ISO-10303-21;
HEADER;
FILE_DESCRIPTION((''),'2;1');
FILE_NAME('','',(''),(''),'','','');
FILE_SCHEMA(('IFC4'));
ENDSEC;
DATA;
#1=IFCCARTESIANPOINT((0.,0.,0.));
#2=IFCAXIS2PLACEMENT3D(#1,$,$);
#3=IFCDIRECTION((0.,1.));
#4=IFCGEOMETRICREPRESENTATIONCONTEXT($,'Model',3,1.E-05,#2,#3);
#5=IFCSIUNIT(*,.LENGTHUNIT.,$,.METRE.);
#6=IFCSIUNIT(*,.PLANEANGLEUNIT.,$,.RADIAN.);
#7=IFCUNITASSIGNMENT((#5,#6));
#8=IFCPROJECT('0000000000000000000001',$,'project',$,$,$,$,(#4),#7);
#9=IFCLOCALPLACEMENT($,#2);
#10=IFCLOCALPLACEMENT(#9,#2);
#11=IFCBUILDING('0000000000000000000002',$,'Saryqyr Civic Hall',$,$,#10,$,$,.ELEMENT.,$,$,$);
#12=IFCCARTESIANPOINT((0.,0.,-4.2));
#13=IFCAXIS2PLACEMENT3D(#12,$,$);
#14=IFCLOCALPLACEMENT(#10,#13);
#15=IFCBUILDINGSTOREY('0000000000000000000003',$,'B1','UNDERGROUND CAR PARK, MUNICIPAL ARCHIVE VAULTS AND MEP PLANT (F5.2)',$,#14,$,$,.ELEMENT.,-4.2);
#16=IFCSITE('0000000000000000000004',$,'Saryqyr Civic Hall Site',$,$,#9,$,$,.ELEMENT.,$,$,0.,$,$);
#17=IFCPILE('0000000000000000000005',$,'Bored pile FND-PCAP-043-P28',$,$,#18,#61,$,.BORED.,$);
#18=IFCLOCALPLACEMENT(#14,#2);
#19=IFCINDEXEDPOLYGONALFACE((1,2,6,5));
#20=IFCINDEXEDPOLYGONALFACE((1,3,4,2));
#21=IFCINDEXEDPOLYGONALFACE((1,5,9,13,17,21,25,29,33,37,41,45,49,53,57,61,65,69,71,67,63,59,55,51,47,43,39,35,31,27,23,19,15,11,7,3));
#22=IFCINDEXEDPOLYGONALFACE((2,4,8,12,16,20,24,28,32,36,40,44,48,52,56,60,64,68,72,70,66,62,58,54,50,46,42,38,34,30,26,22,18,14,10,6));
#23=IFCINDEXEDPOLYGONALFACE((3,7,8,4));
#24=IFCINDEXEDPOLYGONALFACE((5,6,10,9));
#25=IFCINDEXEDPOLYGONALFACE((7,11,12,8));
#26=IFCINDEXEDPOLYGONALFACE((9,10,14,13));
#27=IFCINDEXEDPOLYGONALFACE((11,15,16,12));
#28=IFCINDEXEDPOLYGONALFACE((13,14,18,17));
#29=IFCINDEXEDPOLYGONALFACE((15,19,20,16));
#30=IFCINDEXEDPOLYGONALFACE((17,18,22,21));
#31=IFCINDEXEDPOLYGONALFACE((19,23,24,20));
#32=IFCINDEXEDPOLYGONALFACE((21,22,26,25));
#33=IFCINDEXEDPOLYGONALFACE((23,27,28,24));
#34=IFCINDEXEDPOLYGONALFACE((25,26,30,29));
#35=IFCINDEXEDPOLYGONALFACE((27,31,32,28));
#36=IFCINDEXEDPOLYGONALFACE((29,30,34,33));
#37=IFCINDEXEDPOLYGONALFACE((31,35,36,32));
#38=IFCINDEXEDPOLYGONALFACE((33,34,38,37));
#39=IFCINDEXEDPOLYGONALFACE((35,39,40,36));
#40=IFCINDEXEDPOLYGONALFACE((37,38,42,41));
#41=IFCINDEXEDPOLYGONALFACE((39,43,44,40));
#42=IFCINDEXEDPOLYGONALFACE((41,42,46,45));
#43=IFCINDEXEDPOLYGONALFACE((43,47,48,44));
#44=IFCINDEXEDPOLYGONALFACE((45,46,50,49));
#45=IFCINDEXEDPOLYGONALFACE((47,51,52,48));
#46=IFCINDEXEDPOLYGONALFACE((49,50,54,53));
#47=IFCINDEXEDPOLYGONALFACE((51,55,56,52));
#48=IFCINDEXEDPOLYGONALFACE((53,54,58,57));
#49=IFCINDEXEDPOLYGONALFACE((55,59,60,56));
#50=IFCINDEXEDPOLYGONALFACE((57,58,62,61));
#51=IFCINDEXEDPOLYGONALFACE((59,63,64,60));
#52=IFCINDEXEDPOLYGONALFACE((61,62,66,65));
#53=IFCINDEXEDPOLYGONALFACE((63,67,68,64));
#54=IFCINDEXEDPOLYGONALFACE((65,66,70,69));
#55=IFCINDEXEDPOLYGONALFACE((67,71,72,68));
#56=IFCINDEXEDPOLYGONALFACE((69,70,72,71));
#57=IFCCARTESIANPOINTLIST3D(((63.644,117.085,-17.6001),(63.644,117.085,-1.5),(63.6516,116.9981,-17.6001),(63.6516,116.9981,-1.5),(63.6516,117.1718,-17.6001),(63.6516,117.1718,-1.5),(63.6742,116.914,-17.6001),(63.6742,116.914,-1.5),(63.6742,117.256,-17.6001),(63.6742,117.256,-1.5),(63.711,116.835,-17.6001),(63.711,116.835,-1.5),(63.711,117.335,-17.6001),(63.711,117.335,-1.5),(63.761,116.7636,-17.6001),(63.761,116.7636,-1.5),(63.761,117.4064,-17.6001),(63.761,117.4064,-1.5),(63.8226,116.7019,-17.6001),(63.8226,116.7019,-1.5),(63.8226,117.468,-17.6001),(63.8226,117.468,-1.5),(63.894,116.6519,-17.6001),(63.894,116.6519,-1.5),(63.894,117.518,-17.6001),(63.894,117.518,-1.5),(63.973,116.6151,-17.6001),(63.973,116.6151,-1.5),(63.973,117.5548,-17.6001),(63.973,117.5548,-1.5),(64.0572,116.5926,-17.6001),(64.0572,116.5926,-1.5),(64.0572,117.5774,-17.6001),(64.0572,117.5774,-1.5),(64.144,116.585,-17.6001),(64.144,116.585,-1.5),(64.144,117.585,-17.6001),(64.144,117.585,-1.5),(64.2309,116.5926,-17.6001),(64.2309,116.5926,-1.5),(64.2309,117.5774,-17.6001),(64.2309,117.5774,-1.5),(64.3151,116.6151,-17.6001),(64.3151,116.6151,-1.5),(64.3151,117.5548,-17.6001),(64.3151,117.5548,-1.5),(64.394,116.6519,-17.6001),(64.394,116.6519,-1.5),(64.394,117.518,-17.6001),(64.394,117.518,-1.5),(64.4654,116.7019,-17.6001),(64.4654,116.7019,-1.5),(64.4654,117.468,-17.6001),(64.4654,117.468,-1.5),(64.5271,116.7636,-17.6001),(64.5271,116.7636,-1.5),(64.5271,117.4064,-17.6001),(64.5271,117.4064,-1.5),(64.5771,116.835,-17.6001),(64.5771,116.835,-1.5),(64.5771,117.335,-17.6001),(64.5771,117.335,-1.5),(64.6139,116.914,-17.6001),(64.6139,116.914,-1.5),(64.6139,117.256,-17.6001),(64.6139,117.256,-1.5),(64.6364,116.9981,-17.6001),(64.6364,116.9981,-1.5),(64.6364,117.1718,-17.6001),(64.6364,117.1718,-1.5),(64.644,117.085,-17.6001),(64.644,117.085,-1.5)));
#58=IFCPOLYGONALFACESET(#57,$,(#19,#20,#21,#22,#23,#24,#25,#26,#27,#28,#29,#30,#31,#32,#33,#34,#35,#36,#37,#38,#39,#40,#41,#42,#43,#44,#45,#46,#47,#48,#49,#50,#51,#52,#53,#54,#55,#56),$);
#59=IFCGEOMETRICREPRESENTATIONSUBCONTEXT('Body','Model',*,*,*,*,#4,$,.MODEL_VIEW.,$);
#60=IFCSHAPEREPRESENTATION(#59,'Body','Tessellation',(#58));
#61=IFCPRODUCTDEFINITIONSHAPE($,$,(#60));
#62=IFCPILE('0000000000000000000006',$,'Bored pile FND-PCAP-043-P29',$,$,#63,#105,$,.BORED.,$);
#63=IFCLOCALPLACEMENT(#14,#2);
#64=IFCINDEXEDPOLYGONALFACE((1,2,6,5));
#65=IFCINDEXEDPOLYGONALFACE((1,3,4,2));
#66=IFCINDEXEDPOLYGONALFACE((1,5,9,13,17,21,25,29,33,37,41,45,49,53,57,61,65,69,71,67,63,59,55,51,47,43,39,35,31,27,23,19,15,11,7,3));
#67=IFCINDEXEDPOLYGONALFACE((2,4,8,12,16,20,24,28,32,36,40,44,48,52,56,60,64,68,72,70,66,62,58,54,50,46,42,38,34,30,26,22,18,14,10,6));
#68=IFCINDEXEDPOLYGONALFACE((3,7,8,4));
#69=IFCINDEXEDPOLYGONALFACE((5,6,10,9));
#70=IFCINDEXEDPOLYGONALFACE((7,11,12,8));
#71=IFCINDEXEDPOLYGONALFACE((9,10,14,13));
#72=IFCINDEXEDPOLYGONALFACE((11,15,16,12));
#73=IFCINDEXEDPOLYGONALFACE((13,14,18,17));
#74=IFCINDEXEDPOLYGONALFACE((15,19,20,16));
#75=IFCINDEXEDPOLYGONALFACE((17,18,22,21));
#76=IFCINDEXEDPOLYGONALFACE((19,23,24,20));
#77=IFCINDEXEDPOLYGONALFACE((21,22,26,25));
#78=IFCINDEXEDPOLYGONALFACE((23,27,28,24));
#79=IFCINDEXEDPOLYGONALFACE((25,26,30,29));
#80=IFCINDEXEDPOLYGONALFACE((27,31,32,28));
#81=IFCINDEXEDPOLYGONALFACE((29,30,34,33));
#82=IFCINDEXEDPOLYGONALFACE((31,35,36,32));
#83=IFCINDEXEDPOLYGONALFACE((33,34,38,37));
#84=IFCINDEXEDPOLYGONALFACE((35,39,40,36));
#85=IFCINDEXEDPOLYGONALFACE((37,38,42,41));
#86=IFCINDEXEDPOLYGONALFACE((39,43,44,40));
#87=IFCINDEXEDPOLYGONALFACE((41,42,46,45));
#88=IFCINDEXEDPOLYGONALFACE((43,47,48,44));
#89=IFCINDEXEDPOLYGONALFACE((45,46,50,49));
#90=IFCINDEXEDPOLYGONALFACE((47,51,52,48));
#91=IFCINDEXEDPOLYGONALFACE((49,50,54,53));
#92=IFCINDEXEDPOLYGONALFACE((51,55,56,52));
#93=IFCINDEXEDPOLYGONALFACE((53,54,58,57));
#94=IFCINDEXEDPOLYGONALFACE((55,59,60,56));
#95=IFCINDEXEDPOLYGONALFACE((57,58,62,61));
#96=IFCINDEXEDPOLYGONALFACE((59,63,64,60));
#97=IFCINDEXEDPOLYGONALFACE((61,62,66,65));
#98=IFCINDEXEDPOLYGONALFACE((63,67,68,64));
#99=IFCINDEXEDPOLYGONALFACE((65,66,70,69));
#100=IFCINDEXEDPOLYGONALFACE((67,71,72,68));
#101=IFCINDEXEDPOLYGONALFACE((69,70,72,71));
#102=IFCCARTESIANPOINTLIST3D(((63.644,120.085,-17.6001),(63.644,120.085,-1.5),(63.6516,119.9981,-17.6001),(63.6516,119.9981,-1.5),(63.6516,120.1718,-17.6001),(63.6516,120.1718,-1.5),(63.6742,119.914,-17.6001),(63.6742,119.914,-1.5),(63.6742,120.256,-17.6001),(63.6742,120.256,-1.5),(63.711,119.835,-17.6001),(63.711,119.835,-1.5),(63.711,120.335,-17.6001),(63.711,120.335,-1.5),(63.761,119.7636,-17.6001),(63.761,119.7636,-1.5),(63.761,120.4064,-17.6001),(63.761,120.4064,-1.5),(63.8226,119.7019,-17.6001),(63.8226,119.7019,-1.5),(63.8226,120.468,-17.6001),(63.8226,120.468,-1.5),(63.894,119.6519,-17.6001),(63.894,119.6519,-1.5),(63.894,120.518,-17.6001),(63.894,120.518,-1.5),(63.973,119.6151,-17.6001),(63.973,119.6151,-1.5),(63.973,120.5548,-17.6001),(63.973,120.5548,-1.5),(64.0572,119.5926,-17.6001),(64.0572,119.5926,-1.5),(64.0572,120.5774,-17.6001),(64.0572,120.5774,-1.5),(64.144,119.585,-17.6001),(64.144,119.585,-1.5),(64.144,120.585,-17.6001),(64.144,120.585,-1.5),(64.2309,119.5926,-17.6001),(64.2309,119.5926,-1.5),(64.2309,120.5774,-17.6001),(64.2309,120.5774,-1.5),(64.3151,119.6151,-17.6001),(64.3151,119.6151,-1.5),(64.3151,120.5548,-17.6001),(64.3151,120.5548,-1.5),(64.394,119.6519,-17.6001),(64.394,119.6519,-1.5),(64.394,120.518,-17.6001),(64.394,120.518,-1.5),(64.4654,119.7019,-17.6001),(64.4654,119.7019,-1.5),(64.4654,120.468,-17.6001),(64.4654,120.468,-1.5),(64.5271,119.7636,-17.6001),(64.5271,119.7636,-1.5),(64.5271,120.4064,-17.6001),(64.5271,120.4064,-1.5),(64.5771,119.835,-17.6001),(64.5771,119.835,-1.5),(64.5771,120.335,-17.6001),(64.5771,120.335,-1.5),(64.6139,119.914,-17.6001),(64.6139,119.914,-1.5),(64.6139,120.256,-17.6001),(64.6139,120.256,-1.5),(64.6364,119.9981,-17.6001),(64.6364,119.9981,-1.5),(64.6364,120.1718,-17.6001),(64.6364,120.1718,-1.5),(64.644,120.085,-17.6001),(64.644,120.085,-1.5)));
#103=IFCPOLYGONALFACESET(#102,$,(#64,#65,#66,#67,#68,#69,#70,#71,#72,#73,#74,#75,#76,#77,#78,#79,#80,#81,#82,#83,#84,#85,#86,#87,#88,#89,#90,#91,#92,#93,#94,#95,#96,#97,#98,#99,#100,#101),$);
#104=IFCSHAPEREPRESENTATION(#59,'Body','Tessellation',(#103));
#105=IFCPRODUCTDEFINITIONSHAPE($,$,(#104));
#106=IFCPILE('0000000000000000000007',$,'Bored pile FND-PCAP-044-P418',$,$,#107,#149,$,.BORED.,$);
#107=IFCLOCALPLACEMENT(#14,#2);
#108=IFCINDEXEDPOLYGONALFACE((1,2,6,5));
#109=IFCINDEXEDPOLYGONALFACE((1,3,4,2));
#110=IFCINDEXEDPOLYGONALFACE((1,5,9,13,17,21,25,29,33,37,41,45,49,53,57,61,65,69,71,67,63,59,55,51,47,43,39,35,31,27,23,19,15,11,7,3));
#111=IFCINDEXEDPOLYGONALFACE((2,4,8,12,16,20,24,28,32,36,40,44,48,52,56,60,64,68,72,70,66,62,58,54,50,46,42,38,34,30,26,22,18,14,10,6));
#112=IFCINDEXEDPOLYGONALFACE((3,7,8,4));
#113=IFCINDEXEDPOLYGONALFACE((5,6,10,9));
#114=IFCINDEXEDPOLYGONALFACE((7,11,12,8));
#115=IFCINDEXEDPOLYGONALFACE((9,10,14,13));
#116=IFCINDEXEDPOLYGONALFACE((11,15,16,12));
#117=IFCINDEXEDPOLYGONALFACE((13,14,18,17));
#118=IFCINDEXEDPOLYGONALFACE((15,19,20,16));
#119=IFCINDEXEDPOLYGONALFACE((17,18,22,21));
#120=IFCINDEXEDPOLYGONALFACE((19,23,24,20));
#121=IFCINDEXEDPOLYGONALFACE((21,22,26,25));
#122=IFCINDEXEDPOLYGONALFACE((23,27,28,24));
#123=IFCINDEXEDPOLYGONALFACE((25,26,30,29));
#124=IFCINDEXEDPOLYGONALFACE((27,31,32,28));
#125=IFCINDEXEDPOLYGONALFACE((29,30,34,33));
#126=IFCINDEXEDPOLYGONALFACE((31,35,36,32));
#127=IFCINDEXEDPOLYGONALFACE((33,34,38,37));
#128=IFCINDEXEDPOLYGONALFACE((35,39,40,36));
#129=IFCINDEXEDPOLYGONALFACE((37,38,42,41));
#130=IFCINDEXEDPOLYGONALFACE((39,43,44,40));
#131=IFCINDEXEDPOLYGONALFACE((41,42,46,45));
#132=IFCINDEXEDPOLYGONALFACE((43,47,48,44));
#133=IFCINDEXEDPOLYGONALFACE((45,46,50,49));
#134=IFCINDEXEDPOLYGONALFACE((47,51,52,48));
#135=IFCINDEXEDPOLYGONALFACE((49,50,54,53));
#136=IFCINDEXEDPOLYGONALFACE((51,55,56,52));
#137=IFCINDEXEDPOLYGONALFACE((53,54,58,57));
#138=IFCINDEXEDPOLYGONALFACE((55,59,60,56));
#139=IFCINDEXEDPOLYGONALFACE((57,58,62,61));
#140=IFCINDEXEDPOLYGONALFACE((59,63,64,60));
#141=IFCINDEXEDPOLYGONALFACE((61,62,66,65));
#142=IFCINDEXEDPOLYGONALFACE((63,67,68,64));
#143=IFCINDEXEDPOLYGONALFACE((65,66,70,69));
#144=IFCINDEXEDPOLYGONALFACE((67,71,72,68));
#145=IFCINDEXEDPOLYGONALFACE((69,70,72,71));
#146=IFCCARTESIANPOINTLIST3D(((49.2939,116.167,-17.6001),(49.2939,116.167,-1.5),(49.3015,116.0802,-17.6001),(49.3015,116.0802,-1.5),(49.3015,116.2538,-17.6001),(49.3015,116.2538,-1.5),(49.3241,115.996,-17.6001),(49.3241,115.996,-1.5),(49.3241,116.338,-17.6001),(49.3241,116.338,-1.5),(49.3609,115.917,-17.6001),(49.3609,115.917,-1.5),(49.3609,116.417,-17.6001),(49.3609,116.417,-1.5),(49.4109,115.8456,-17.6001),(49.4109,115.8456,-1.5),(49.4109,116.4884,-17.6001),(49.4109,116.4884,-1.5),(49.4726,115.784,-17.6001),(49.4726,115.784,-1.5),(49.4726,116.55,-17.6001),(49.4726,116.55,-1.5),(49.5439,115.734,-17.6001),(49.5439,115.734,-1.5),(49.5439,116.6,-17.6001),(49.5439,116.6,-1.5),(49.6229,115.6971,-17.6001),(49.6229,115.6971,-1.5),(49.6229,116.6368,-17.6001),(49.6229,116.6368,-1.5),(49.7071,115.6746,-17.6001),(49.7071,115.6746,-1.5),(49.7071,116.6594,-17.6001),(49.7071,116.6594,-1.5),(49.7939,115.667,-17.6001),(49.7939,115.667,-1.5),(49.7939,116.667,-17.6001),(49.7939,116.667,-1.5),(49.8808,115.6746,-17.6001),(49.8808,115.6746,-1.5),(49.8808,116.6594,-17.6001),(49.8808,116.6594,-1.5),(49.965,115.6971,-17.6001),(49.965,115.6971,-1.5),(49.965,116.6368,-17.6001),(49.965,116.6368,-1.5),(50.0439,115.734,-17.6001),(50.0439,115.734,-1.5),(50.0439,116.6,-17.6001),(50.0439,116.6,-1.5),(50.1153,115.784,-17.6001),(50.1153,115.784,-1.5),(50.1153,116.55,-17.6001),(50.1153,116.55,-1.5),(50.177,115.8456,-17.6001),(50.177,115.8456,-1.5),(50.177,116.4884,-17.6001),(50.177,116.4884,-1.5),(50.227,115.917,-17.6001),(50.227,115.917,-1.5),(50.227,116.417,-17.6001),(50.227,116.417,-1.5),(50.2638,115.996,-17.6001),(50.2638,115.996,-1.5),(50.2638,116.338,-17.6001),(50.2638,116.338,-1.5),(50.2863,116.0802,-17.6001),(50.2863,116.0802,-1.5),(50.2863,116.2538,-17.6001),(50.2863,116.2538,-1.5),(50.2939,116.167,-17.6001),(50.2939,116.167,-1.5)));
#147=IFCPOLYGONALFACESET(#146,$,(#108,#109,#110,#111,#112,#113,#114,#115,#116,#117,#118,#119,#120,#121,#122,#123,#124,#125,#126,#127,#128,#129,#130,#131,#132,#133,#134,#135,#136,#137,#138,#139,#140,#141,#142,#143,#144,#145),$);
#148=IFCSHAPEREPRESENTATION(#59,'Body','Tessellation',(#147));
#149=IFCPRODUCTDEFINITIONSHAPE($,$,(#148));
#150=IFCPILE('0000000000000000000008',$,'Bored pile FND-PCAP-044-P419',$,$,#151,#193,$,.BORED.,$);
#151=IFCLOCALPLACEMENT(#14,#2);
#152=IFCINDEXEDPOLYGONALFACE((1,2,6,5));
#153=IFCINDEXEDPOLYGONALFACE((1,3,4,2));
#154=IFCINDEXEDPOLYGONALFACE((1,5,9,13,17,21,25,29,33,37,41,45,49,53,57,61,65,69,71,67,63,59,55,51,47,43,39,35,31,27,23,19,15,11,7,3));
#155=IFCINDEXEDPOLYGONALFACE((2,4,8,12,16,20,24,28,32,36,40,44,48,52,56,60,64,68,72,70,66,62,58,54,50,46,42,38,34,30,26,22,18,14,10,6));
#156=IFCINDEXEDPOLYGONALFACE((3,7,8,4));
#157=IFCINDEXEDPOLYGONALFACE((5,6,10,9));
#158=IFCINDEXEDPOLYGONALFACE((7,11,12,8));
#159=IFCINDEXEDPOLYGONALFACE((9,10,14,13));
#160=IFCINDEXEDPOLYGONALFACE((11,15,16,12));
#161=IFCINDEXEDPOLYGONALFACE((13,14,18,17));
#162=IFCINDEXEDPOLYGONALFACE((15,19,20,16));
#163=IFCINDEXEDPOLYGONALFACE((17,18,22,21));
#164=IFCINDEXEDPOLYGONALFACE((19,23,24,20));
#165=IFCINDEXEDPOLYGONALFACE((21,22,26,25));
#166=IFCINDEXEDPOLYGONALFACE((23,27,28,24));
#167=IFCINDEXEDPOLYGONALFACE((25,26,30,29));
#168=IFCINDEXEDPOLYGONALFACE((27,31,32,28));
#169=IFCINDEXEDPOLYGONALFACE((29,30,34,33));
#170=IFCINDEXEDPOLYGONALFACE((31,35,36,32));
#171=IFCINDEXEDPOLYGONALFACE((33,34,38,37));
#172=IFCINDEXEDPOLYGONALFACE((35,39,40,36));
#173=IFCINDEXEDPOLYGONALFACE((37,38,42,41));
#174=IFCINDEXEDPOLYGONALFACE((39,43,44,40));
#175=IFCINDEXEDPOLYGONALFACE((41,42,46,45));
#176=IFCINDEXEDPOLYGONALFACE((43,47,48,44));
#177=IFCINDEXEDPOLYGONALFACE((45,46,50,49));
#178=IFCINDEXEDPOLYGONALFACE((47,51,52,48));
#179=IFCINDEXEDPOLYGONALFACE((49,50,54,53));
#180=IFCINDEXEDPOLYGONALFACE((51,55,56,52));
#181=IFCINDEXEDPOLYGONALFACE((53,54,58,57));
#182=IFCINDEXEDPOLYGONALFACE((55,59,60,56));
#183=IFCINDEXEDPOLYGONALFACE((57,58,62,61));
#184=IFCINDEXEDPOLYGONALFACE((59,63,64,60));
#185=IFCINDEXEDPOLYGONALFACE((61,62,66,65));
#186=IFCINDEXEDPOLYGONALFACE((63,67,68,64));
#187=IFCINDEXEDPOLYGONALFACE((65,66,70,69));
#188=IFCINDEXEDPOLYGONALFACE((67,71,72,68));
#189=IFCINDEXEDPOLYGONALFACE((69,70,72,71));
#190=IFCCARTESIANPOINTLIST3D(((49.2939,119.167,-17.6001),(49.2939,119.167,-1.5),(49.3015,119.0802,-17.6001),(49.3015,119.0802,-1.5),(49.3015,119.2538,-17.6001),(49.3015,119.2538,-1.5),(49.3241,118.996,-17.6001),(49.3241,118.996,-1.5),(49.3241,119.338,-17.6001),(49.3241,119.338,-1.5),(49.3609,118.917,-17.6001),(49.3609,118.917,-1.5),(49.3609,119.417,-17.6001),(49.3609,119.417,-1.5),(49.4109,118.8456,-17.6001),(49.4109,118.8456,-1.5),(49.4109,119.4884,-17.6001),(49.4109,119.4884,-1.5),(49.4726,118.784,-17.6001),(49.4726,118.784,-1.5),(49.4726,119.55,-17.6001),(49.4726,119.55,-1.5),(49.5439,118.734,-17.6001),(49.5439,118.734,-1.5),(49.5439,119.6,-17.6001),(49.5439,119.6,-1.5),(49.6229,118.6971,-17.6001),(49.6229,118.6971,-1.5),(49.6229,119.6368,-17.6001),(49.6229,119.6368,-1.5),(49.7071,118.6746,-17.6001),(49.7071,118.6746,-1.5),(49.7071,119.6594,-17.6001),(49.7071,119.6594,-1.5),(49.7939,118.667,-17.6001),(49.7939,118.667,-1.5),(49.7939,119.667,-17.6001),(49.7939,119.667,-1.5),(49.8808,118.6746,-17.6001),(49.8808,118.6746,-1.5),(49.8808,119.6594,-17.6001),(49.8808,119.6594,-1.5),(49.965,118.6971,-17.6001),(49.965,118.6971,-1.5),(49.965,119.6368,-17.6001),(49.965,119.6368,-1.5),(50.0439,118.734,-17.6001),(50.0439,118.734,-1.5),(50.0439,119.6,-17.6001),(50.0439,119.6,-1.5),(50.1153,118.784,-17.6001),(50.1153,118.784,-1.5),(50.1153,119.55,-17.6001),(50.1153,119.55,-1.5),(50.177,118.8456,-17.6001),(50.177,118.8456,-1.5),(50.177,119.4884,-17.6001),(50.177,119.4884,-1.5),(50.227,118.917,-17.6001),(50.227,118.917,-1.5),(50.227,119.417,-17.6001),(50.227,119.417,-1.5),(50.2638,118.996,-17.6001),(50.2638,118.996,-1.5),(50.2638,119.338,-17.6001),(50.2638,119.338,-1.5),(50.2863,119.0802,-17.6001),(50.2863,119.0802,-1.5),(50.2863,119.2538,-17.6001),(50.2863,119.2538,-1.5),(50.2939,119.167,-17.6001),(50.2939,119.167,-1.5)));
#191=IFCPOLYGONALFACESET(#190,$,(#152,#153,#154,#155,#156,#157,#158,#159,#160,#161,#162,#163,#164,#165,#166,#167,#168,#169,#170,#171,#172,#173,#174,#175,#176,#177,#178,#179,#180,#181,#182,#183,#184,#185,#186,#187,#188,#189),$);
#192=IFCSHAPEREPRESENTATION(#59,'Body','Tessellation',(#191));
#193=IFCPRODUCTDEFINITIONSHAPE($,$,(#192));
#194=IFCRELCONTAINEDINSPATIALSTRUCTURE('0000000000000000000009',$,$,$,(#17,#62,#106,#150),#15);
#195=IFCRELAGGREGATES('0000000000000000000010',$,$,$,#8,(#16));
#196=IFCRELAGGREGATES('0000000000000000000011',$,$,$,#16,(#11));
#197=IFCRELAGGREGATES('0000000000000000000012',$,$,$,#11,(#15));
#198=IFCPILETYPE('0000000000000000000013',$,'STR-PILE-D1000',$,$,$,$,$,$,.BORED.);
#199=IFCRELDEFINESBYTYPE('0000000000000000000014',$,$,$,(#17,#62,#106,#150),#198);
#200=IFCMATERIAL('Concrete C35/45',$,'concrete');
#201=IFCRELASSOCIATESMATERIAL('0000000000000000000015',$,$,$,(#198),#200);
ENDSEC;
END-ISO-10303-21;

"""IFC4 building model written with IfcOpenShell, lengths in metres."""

from ifc_helpers import new_model, si_unit, direction, frame, origin, origin_2d, place, context, subcontext, project, spatial, circle, extrude, material, material_profile, profile_set, type_object, element, save


model = new_model("IFC4")

# Units and contexts
model_context = context("Model", 3, precision=1e-05, world=origin(), true_north=direction((0.0, 1.0)))
body_context = subcontext(model_context, "Body", "Model", "MODEL_VIEW")
ifc_project = project(units=[si_unit("LENGTHUNIT", "METRE"), si_unit("PLANEANGLEUNIT", "RADIAN")], contexts=[model_context])

# Site, building, storey
site_placement = place(None, origin())
site = spatial("IfcSite", under=ifc_project, at=site_placement, Name="Saryqyr Civic Hall Site", CompositionType="ELEMENT", RefElevation=0.0)
building_placement = place(site_placement, origin())
building = spatial("IfcBuilding", under=site, at=building_placement, Name="Saryqyr Civic Hall", CompositionType="ELEMENT")
storey_placement = place(building_placement, frame((0.0, 0.0, -4.2)))
storey = spatial("IfcBuildingStorey", under=building, at=storey_placement, Name="B1", Description="UNDERGROUND CAR PARK, MUNICIPAL ARCHIVE VAULTS AND MEP PLANT (F5.2)", CompositionType="ELEMENT", Elevation=-4.2)

# Shared definitions
ifc_material_1 = material(Name="Concrete C35/45", Category="concrete")

# Piles
ifc_material_profile_1 = material_profile(ifc_material_1, circle(Radius=0.5, at=origin_2d()), Name="BORED PILE D1000")
ifc_profile_set_1 = profile_set([ifc_material_profile_1], Name="Concrete C35/45")
pile_type = type_object("IfcPileType", Name="STR-PILE-D1000", PredefinedType="BORED", material=ifc_profile_set_1)
for number, where, z_axis, x_axis, name in (
    (1, (64.144, 117.085, -1.5), (0.0, 0.0, -1.0), (1.0, 0.0, 0.0), "Bored pile FND-PCAP-043-P28"),
    (2, (64.144, 120.085, -1.5), (0.0, 0.0, -1.0), (1.0, 0.0, 0.0), "Bored pile FND-PCAP-043-P29"),
    (3, (49.7939, 116.167, -1.5), (0.0, 0.0, -1.0), (1.0, 0.0, 0.0), "Bored pile FND-PCAP-044-P418"),
    (4, (49.7939, 119.167, -1.5), (0.0, 0.0, -1.0), (1.0, 0.0, 0.0), "Bored pile FND-PCAP-044-P419"),
):
    element("IfcPile", number, at=place(storey_placement, frame(where, z_axis=z_axis, x_axis=x_axis)), inside=storey, type_object=pile_type, Name=name, PredefinedType="BORED", context=body_context, shape_type="SweptSolid", body=[
        extrude(circle(Radius=0.5, at=origin_2d()), origin(), (0.0, 0.0, 1.0), 16.1001),
    ])

save(model, "model.ifc")
